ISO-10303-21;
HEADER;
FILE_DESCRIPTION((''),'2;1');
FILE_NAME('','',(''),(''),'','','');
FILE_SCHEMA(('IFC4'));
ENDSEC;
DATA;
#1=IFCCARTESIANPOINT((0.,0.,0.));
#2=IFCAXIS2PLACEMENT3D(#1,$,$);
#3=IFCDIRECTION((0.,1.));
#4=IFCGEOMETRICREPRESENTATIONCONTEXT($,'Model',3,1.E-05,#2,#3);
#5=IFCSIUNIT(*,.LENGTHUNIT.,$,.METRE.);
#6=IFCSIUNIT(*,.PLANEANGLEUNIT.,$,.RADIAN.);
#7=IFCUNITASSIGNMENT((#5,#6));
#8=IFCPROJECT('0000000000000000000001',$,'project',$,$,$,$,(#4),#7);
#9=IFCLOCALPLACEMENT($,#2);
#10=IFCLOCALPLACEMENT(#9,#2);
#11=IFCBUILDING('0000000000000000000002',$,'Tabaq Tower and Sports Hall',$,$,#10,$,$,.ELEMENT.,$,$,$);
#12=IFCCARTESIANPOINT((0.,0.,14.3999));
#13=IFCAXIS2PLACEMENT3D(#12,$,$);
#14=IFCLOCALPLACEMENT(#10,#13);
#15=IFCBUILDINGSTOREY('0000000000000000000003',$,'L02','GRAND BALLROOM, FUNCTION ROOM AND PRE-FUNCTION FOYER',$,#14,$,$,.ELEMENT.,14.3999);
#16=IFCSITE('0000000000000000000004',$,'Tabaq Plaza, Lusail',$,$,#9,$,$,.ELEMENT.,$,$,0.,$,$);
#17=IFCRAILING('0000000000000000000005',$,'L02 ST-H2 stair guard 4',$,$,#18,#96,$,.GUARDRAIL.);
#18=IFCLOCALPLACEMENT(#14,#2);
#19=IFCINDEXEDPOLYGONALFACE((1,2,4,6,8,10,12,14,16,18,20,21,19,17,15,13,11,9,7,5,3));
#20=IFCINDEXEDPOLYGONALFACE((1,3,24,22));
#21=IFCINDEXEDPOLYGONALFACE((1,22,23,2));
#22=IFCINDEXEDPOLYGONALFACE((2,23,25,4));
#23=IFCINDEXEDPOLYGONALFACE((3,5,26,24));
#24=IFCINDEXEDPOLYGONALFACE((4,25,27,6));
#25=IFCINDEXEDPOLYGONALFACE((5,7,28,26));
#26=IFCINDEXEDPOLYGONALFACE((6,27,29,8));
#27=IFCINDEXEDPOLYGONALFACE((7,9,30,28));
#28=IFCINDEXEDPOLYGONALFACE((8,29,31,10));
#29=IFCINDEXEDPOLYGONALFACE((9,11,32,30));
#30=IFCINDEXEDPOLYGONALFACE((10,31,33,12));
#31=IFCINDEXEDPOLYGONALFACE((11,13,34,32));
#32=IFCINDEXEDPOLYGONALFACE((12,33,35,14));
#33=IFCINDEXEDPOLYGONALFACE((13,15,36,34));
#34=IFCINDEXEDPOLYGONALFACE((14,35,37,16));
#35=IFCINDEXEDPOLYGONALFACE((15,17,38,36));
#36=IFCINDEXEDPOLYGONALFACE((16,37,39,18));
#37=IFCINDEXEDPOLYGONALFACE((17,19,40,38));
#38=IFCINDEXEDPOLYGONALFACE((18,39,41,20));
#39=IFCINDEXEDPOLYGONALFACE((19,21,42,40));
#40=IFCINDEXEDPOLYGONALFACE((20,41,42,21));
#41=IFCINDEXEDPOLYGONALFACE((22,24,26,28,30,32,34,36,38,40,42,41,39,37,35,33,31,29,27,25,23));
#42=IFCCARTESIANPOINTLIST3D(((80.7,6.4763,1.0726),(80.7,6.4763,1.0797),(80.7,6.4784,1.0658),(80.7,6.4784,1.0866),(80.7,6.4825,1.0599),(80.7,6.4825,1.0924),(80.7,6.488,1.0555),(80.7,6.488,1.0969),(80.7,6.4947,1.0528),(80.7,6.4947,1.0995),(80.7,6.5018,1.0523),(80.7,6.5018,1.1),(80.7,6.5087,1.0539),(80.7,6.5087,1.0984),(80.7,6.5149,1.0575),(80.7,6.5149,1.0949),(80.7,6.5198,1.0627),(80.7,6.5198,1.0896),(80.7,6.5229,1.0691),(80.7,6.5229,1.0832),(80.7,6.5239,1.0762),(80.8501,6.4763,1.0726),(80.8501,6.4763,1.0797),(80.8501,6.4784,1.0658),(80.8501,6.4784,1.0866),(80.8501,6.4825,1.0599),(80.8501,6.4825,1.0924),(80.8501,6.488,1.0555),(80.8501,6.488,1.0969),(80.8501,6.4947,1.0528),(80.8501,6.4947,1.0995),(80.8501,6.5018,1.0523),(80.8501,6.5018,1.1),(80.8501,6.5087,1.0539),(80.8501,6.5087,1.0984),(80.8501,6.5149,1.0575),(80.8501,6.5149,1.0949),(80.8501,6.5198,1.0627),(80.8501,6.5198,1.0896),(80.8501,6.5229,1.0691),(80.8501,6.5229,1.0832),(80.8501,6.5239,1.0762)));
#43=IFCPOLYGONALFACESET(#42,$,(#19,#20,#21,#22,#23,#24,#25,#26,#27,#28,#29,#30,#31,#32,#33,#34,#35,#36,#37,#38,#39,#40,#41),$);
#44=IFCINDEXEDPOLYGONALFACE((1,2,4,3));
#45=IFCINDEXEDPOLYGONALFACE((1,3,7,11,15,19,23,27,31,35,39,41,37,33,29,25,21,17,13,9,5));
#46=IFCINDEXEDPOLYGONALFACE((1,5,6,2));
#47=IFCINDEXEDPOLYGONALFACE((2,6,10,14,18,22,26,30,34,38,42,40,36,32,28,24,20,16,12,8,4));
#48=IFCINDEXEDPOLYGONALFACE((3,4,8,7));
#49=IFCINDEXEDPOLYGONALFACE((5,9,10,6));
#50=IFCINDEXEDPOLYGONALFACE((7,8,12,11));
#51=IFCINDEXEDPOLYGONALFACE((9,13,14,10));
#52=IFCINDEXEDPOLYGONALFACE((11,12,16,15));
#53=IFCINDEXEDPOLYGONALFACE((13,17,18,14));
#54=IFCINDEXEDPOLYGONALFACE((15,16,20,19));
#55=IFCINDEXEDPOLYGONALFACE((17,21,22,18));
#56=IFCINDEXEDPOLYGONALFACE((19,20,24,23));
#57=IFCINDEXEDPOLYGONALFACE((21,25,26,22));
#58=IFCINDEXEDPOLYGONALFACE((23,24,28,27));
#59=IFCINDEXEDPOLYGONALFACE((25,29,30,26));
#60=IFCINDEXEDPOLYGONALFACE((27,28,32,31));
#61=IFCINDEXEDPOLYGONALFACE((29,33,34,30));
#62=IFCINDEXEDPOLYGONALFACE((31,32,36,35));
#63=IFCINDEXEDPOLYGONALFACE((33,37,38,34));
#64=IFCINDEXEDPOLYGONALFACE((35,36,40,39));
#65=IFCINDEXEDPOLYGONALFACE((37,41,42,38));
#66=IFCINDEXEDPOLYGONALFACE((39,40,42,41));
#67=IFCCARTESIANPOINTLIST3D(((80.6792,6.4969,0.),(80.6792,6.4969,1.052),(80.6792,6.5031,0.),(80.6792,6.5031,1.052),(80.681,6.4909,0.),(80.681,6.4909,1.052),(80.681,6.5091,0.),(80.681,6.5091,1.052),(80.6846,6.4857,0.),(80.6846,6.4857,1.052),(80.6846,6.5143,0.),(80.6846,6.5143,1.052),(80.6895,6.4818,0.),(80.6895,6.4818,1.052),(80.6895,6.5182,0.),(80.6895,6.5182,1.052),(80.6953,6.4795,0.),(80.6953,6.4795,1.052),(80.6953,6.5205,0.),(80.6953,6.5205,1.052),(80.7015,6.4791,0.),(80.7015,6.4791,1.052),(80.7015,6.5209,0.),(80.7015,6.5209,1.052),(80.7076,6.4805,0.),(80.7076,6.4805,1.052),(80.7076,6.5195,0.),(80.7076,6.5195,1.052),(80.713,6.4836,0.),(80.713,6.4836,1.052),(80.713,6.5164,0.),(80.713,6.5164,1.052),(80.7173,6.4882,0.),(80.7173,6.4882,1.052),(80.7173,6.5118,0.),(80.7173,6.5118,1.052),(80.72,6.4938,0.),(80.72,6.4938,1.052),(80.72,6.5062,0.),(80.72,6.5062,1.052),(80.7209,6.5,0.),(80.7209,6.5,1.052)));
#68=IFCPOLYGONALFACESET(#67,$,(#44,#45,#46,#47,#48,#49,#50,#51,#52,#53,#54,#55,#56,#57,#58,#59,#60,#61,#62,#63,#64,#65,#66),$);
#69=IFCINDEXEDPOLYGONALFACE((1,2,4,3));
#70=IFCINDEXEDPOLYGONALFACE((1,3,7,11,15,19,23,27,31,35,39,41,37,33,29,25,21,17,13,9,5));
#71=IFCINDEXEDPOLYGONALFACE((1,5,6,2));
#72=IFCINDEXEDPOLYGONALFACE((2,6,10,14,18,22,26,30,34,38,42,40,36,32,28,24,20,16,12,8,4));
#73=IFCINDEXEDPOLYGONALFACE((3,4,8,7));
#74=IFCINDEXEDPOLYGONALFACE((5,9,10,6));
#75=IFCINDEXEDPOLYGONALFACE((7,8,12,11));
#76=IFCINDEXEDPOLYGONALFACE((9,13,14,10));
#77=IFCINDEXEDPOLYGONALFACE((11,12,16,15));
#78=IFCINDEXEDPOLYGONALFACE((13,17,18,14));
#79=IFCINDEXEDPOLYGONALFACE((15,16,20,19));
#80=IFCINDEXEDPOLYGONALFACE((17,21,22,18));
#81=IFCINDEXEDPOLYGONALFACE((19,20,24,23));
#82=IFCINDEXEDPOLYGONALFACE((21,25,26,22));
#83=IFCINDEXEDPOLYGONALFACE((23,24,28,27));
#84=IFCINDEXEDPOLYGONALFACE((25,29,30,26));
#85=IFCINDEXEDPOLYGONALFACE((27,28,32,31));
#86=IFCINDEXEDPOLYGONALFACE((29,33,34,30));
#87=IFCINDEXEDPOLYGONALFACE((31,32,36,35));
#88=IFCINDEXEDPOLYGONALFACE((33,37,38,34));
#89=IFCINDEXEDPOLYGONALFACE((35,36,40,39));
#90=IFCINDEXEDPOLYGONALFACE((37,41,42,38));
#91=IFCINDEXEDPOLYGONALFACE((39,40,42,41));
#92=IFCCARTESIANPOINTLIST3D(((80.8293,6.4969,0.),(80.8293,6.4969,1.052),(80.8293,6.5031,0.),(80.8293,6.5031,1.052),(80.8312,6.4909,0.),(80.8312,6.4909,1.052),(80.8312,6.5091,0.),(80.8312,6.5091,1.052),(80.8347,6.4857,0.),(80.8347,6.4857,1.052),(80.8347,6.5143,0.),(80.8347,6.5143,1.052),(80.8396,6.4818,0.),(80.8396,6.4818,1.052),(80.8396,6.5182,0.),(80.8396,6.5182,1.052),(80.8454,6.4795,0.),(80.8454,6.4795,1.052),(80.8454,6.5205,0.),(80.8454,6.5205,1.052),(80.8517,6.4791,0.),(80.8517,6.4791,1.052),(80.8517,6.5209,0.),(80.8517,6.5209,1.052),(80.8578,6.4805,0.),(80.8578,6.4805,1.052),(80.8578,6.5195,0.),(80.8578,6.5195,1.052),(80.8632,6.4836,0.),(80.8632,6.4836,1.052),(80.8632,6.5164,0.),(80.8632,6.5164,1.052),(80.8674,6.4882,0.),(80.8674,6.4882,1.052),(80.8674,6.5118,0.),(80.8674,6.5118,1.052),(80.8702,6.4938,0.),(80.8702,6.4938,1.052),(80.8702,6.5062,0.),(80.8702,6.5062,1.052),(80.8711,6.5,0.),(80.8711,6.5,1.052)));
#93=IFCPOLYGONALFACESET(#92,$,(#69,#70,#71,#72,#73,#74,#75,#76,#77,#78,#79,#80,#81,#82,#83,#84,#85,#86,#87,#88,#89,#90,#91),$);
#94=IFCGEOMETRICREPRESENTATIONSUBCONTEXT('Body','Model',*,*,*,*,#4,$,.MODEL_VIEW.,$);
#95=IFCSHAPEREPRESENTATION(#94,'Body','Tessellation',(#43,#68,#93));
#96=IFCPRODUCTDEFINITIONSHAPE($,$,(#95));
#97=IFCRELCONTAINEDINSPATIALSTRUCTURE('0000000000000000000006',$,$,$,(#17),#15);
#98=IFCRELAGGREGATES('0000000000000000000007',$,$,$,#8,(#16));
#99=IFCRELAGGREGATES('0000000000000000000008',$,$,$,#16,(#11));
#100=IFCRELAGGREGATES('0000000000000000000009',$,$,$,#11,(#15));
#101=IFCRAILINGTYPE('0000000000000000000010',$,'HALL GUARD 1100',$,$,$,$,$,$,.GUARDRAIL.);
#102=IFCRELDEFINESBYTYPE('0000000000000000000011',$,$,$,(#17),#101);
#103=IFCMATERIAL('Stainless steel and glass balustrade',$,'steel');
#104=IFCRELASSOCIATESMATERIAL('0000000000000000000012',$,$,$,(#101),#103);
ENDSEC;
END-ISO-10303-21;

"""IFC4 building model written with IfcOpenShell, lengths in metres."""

from ifc_helpers import new_model, si_unit, direction, frame, origin, origin_2d, place, context, subcontext, project, spatial, circle, extrude, material, type_object, element, save


model = new_model("IFC4")

# Units and contexts
model_context = context("Model", 3, precision=1e-05, world=origin(), true_north=direction((0.0, 1.0)))
body_context = subcontext(model_context, "Body", "Model", "MODEL_VIEW")
ifc_project = project(units=[si_unit("LENGTHUNIT", "METRE"), si_unit("PLANEANGLEUNIT", "RADIAN")], contexts=[model_context])

# Site, building, storey
site_placement = place(None, origin())
site = spatial("IfcSite", under=ifc_project, at=site_placement, Name="Tabaq Plaza, Lusail", CompositionType="ELEMENT", RefElevation=0.0)
building_placement = place(site_placement, origin())
building = spatial("IfcBuilding", under=site, at=building_placement, Name="Tabaq Tower and Sports Hall", CompositionType="ELEMENT")
storey_placement = place(building_placement, frame((0.0, 0.0, 14.3999)))
storey = spatial("IfcBuildingStorey", under=building, at=storey_placement, Name="L02", Description="GRAND BALLROOM, FUNCTION ROOM AND PRE-FUNCTION FOYER", CompositionType="ELEMENT", Elevation=14.3999)

# Railing
ifc_material_1 = material(Name="Stainless steel and glass balustrade", Category="steel")
railing_type_1 = type_object("IfcRailingType", Name="HALL GUARD 1100", PredefinedType="GUARDRAIL", material=ifc_material_1)
railing_1_placement = place(storey_placement, frame((80.7, 6.5, 0.0)))
element("IfcRailing", 1, at=railing_1_placement, inside=storey, type_object=railing_type_1, Name="L02 ST-H2 stair guard 4", PredefinedType="GUARDRAIL", context=body_context, shape_type="SweptSolid", body=[
    extrude(circle(Radius=0.0239, at=origin_2d()), frame((0.0, 0.0, 1.0762), z_axis=(1.0, 0.0, 0.0), x_axis=(0.0, 1.0, 0.0)), (0.0, 0.0, 1.0), 0.1501),
    extrude(circle(Radius=0.021, at=origin_2d()), origin(), (0.0, 0.0, 1.0), 1.052),
    extrude(circle(Radius=0.021, at=origin_2d()), frame((0.1501, 0.0, 0.0)), (0.0, 0.0, 1.0), 1.052),
])

save(model, "model.ifc")
